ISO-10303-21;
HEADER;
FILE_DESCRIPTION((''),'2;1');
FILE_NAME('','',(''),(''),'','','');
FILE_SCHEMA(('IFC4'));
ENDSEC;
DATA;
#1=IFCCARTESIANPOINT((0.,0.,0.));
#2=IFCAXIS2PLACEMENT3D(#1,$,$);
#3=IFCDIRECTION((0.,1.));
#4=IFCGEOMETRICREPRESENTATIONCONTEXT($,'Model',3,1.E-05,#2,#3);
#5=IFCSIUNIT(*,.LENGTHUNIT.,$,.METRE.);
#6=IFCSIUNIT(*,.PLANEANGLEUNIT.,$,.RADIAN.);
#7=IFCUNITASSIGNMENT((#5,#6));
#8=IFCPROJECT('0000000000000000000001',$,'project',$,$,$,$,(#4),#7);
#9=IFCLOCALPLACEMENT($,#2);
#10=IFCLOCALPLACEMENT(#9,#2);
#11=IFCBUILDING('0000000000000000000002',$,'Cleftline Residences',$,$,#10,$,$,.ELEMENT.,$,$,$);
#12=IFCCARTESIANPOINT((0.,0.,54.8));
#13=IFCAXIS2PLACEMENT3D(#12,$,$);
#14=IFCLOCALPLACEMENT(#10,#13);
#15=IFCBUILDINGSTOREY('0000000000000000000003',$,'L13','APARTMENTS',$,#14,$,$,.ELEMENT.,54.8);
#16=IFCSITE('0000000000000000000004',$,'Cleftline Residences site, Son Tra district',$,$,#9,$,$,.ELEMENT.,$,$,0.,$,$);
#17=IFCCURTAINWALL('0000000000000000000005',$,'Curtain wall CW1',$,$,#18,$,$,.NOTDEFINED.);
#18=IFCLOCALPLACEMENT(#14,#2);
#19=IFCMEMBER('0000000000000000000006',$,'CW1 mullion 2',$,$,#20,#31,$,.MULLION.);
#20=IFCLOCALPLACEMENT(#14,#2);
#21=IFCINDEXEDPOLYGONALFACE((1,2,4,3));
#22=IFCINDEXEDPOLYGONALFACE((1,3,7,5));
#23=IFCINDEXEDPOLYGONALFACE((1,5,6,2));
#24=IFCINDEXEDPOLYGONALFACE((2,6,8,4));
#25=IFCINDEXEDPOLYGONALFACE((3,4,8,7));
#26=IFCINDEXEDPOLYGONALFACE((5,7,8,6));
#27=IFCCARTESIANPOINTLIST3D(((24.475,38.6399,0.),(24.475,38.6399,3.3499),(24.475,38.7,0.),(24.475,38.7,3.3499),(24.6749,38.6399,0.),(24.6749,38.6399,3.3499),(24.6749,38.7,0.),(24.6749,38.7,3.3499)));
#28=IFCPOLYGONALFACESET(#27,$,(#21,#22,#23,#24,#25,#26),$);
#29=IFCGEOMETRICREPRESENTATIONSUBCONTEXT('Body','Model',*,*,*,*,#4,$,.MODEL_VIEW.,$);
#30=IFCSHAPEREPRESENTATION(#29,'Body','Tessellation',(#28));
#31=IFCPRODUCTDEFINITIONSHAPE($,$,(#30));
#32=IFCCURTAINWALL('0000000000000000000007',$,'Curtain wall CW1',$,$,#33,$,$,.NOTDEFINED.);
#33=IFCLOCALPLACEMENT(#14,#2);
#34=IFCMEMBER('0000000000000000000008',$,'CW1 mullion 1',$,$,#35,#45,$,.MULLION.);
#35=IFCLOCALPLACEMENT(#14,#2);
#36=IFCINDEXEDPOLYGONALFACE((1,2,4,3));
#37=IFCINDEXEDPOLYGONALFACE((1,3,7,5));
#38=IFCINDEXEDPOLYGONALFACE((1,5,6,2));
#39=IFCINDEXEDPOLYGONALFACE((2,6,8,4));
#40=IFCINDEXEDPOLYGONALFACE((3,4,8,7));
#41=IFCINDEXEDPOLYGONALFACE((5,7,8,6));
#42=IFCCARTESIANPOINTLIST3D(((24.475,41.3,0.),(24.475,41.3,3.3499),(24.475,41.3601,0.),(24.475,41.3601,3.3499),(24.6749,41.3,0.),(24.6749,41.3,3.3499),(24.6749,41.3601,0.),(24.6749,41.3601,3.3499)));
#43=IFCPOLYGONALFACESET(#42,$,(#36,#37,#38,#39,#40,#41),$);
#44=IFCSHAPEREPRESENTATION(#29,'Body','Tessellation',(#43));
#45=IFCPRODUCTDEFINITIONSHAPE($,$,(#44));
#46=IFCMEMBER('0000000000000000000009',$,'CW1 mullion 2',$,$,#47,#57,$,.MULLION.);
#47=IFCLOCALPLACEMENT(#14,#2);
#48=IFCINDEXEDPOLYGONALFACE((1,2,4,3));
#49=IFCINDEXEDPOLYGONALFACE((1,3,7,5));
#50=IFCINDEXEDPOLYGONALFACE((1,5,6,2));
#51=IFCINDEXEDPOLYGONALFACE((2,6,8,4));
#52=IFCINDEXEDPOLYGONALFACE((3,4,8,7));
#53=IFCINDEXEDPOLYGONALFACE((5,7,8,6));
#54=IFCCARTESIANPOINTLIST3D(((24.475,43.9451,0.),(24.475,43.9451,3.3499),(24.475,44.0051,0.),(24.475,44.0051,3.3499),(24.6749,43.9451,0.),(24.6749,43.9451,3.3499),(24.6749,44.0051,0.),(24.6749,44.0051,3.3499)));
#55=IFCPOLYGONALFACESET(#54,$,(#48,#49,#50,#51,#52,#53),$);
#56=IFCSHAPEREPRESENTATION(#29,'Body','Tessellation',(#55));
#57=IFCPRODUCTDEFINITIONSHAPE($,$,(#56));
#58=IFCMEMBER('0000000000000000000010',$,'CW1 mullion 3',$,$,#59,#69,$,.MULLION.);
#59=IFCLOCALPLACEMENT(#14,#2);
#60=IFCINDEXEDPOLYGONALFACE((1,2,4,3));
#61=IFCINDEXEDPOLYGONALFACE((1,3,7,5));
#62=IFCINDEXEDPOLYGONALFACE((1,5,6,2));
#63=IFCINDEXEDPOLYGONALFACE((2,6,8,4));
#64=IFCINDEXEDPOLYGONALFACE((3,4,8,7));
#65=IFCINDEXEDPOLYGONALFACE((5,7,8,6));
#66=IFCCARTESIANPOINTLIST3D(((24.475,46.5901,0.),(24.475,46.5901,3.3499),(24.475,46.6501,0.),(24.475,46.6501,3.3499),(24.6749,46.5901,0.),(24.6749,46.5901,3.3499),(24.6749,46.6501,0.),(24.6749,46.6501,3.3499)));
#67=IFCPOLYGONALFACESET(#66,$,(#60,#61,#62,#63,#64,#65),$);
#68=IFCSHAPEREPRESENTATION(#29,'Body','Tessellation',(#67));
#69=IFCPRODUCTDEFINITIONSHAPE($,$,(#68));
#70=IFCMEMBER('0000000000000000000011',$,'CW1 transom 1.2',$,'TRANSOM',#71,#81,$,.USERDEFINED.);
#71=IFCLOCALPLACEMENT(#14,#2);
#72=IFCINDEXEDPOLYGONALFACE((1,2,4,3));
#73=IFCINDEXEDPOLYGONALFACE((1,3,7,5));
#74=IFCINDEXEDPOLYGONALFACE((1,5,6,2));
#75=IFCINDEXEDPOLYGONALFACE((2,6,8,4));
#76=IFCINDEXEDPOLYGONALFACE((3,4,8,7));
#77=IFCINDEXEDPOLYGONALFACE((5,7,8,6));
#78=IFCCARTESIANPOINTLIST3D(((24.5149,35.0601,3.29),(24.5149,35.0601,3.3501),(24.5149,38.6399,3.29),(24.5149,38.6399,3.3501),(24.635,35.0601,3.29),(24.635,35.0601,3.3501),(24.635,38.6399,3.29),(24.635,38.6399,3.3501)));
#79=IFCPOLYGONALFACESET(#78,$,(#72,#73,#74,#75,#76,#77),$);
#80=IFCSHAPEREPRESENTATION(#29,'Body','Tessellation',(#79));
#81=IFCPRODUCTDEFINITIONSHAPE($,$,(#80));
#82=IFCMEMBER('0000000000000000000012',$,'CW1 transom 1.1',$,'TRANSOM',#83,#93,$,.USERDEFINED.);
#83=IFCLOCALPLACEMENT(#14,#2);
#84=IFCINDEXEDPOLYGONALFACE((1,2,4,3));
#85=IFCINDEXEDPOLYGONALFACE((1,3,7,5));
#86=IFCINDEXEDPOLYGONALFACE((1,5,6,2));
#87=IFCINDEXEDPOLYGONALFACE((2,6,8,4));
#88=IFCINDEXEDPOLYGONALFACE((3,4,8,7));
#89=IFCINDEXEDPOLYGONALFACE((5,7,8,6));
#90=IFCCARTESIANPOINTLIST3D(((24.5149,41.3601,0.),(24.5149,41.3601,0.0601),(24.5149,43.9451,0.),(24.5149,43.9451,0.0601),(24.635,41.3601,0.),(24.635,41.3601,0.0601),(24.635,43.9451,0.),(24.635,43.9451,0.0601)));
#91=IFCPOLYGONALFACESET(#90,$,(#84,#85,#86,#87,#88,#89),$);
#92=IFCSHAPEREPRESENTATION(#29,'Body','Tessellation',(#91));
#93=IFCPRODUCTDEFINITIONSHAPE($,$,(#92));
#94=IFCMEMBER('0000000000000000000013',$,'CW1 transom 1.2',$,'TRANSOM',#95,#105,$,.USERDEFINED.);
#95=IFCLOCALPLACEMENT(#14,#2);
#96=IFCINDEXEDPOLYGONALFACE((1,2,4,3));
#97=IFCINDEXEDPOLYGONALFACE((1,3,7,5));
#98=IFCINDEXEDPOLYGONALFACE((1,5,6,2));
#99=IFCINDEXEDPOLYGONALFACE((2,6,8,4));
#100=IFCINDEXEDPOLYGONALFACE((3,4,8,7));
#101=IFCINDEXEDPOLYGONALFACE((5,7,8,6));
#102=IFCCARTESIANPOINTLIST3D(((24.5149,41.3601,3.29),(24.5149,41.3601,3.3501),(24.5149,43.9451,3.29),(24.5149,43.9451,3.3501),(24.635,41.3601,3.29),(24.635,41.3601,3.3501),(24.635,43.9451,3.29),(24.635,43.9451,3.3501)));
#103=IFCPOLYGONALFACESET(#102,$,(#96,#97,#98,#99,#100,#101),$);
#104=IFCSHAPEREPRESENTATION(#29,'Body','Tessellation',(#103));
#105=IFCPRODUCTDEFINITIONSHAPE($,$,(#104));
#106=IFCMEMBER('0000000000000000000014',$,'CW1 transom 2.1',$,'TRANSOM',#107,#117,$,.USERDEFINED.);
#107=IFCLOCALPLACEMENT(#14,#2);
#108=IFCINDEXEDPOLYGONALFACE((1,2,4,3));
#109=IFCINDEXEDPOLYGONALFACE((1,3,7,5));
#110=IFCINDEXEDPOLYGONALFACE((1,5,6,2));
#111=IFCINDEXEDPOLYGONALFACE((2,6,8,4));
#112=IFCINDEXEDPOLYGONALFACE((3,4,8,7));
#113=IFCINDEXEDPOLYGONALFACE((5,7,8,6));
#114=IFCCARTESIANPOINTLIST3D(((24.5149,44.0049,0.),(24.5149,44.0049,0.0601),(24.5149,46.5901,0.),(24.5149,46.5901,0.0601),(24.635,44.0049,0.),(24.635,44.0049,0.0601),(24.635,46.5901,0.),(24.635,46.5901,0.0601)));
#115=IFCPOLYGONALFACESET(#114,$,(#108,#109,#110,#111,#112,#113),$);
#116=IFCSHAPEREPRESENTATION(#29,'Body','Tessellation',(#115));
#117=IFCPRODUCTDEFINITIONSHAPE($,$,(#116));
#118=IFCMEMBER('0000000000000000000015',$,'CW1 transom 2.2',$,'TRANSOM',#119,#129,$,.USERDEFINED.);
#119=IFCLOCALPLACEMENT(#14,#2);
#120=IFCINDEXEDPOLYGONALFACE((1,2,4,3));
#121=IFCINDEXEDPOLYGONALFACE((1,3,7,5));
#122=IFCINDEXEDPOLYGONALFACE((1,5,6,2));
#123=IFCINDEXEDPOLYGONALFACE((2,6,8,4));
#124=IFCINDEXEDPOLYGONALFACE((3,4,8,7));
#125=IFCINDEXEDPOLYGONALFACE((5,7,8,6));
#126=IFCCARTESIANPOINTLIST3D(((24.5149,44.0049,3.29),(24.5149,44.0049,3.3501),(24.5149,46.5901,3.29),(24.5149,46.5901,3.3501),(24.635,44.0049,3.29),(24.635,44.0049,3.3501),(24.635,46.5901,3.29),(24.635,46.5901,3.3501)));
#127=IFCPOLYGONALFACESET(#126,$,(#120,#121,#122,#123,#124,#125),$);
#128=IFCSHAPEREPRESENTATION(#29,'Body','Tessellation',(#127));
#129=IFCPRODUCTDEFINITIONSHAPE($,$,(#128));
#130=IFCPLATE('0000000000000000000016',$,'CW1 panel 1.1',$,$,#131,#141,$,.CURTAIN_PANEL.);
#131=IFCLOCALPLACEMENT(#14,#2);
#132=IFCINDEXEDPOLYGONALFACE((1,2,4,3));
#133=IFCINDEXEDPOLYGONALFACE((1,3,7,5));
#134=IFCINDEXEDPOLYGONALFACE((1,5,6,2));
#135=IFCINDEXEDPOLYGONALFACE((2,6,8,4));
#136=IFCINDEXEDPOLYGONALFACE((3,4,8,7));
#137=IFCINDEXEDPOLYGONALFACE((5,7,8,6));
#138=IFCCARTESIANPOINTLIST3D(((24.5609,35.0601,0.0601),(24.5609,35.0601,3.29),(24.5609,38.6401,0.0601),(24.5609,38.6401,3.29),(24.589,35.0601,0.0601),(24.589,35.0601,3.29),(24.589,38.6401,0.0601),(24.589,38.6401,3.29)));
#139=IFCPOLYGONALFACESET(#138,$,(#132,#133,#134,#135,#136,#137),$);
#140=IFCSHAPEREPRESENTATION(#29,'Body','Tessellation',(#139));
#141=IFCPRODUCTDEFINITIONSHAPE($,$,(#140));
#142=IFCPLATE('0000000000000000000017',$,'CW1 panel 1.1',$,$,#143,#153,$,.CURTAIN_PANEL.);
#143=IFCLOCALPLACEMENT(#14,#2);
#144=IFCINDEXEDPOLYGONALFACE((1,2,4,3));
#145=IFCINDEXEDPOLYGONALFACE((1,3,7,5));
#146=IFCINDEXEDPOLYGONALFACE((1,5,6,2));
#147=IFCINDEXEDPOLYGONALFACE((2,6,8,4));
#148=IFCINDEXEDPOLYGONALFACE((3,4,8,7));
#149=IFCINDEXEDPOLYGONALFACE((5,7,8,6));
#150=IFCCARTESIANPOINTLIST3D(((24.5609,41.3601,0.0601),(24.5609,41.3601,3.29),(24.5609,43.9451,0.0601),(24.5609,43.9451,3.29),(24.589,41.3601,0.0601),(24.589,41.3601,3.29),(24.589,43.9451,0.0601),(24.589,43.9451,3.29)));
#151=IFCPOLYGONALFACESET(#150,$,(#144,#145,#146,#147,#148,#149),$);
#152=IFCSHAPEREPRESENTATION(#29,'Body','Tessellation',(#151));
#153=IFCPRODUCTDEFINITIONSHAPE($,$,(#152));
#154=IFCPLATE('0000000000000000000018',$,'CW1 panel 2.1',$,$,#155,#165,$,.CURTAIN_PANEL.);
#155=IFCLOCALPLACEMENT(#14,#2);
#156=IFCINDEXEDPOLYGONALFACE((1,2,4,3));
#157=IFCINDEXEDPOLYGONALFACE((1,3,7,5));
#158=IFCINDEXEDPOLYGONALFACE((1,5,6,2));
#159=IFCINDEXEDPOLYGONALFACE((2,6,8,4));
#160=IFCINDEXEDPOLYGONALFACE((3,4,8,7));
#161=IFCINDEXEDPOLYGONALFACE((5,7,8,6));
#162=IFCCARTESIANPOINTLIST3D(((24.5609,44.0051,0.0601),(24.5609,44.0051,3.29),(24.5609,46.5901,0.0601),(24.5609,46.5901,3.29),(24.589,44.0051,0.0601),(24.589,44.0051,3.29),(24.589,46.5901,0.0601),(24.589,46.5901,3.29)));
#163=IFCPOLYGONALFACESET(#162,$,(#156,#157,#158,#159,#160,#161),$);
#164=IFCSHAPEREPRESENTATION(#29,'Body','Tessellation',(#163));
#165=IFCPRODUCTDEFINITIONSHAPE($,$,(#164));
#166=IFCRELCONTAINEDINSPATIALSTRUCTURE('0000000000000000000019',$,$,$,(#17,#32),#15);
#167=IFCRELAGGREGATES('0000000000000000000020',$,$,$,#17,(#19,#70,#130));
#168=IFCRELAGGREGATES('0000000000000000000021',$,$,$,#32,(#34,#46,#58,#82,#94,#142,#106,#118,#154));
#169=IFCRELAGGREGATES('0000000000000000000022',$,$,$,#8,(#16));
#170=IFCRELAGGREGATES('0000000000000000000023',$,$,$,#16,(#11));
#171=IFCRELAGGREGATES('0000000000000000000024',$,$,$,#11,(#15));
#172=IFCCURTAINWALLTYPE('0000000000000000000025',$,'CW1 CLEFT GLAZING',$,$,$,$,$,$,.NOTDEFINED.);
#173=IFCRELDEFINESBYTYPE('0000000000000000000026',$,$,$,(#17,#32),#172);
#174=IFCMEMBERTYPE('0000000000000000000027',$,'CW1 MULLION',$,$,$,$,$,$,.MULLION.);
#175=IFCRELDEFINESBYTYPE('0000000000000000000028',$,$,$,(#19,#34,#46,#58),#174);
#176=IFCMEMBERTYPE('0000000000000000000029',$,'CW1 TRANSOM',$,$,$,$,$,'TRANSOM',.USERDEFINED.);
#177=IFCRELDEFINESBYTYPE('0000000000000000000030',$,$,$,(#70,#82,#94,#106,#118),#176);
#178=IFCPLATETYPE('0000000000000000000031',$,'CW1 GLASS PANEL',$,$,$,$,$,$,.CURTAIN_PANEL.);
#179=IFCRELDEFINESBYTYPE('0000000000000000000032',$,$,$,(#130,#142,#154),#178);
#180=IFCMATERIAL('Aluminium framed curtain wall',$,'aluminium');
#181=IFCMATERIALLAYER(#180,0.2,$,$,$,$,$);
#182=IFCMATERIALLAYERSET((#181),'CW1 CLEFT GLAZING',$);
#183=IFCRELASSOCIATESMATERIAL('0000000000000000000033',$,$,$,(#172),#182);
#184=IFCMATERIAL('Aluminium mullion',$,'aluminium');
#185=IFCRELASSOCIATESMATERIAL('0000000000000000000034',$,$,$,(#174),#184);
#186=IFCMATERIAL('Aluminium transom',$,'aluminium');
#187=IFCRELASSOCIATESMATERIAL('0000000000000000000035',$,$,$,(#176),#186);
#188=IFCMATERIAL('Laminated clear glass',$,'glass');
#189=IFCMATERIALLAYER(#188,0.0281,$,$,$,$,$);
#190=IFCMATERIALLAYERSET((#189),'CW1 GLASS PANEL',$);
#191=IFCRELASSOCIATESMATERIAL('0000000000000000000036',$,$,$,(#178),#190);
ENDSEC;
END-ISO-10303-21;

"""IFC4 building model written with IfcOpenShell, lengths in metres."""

from ifc_helpers import new_model, si_unit, direction, frame, origin, origin_2d, place, context, subcontext, project, spatial, rectangle, extrude, material, layer, layer_set, material_profile, profile_set, type_object, element, aggregate, save


model = new_model("IFC4")

# Units and contexts
model_context = context("Model", 3, precision=1e-05, world=origin(), true_north=direction((0.0, 1.0)))
body_context = subcontext(model_context, "Body", "Model", "MODEL_VIEW")
ifc_project = project(units=[si_unit("LENGTHUNIT", "METRE"), si_unit("PLANEANGLEUNIT", "RADIAN")], contexts=[model_context])

# Site, building, storey
site_placement = place(None, origin())
site = spatial("IfcSite", under=ifc_project, at=site_placement, Name="Cleftline Residences site, Son Tra district", CompositionType="ELEMENT", RefElevation=0.0)
building_placement = place(site_placement, origin())
building = spatial("IfcBuilding", under=site, at=building_placement, Name="Cleftline Residences", CompositionType="ELEMENT")
storey_placement = place(building_placement, frame((0.0, 0.0, 54.8)))
storey = spatial("IfcBuildingStorey", under=building, at=storey_placement, Name="L13", Description="APARTMENTS", CompositionType="ELEMENT", Elevation=54.8)

# Curtain wall, member
ifc_material_1 = material(Name="Aluminium framed curtain wall", Category="aluminium")
ifc_layer_1 = layer(ifc_material_1, 0.2)
ifc_layer_set_1 = layer_set([ifc_layer_1], Name="CW1 CLEFT GLAZING")
curtain_wall_type = type_object("IfcCurtainWallType", Name="CW1 CLEFT GLAZING", PredefinedType="NOTDEFINED", material=ifc_layer_set_1)
curtain_wall_1_placement = place(storey_placement, origin())
curtain_wall_1 = element("IfcCurtainWall", 1, at=curtain_wall_1_placement, inside=storey, type_object=curtain_wall_type, Name="Curtain wall CW1", PredefinedType="NOTDEFINED")
ifc_material_2 = material(Name="Aluminium mullion", Category="aluminium")
ifc_material_profile_1 = material_profile(ifc_material_2, rectangle(XDim=0.2, YDim=0.0601, at=origin_2d()))
ifc_profile_set_1 = profile_set([ifc_material_profile_1], Name="Aluminium mullion")
member_type_1 = type_object("IfcMemberType", Name="CW1 MULLION", PredefinedType="MULLION", material=ifc_profile_set_1)
member_1_placement = place(storey_placement, frame((24.575, 38.6699, 0.0), z_axis=(0.0, 0.0, 1.0), x_axis=(-1.0, 0.0, 0.0)))
member_1 = element("IfcMember", 2, at=member_1_placement, type_object=member_type_1, Name="CW1 mullion 2", PredefinedType="MULLION", context=body_context, shape_type="SweptSolid", body=[
    extrude(rectangle(XDim=0.2, YDim=0.0601, at=origin_2d()), origin(), (0.0, 0.0, 1.0), 3.3499),
])

# Curtain wall, members
curtain_wall_2_placement = place(storey_placement, origin())
curtain_wall_2 = element("IfcCurtainWall", 3, at=curtain_wall_2_placement, inside=storey, type_object=curtain_wall_type, Name="Curtain wall CW1", PredefinedType="NOTDEFINED")
member_2_placement = place(storey_placement, frame((24.575, 41.3301, 0.0), z_axis=(0.0, 0.0, 1.0), x_axis=(-1.0, 0.0, 0.0)))
member_2 = element("IfcMember", 4, at=member_2_placement, type_object=member_type_1, Name="CW1 mullion 1", PredefinedType="MULLION", context=body_context, shape_type="SweptSolid", body=[
    extrude(rectangle(XDim=0.2, YDim=0.0601, at=origin_2d()), origin(), (0.0, 0.0, 1.0), 3.3499),
])
member_3_placement = place(storey_placement, frame((24.575, 43.9751, 0.0), z_axis=(0.0, 0.0, 1.0), x_axis=(-1.0, 0.0, 0.0)))
member_3 = element("IfcMember", 5, at=member_3_placement, type_object=member_type_1, Name="CW1 mullion 2", PredefinedType="MULLION", context=body_context, shape_type="SweptSolid", body=[
    extrude(rectangle(XDim=0.2, YDim=0.0601, at=origin_2d()), origin(), (0.0, 0.0, 1.0), 3.3499),
])
member_4_placement = place(storey_placement, frame((24.575, 46.6201, 0.0), z_axis=(0.0, 0.0, 1.0), x_axis=(-1.0, 0.0, 0.0)))
member_4 = element("IfcMember", 6, at=member_4_placement, type_object=member_type_1, Name="CW1 mullion 3", PredefinedType="MULLION", context=body_context, shape_type="SweptSolid", body=[
    extrude(rectangle(XDim=0.2, YDim=0.0601, at=origin_2d()), origin(), (0.0, 0.0, 1.0), 3.3499),
])

# Members
ifc_material_3 = material(Name="Aluminium transom", Category="aluminium")
ifc_material_profile_2 = material_profile(ifc_material_3, rectangle(XDim=0.1201, YDim=0.0601, at=origin_2d()))
ifc_profile_set_2 = profile_set([ifc_material_profile_2], Name="Aluminium transom")
member_type_2 = type_object("IfcMemberType", Name="CW1 TRANSOM", ElementType="TRANSOM", PredefinedType="USERDEFINED", material=ifc_profile_set_2)
member_5_placement = place(storey_placement, frame((24.575, 35.0601, 3.3201), z_axis=(0.0, 1.0, 0.0), x_axis=(-1.0, 0.0, 0.0)))
member_5 = element("IfcMember", 7, at=member_5_placement, type_object=member_type_2, Name="CW1 transom 1.2", ObjectType="TRANSOM", PredefinedType="USERDEFINED", context=body_context, shape_type="SweptSolid", body=[
    extrude(rectangle(XDim=0.1201, YDim=0.0601, at=origin_2d()), origin(), (0.0, 0.0, 1.0), 3.5798),
])
member_6_placement = place(storey_placement, frame((24.575, 41.3601, 0.03), z_axis=(0.0, 1.0, 0.0), x_axis=(-1.0, 0.0, 0.0)))
member_6 = element("IfcMember", 8, at=member_6_placement, type_object=member_type_2, Name="CW1 transom 1.1", ObjectType="TRANSOM", PredefinedType="USERDEFINED", context=body_context, shape_type="SweptSolid", body=[
    extrude(rectangle(XDim=0.1201, YDim=0.0601, at=origin_2d()), origin(), (0.0, 0.0, 1.0), 2.585),
])
member_7_placement = place(storey_placement, frame((24.575, 41.3601, 3.3201), z_axis=(0.0, 1.0, 0.0), x_axis=(-1.0, 0.0, 0.0)))
member_7 = element("IfcMember", 9, at=member_7_placement, type_object=member_type_2, Name="CW1 transom 1.2", ObjectType="TRANSOM", PredefinedType="USERDEFINED", context=body_context, shape_type="SweptSolid", body=[
    extrude(rectangle(XDim=0.1201, YDim=0.0601, at=origin_2d()), origin(), (0.0, 0.0, 1.0), 2.585),
])
member_8_placement = place(storey_placement, frame((24.575, 44.0049, 0.03), z_axis=(0.0, 1.0, 0.0), x_axis=(-1.0, 0.0, 0.0)))
member_8 = element("IfcMember", 10, at=member_8_placement, type_object=member_type_2, Name="CW1 transom 2.1", ObjectType="TRANSOM", PredefinedType="USERDEFINED", context=body_context, shape_type="SweptSolid", body=[
    extrude(rectangle(XDim=0.1201, YDim=0.0601, at=origin_2d()), origin(), (0.0, 0.0, 1.0), 2.5852),
])
member_9_placement = place(storey_placement, frame((24.575, 44.0049, 3.3201), z_axis=(0.0, 1.0, 0.0), x_axis=(-1.0, 0.0, 0.0)))
member_9 = element("IfcMember", 11, at=member_9_placement, type_object=member_type_2, Name="CW1 transom 2.2", ObjectType="TRANSOM", PredefinedType="USERDEFINED", context=body_context, shape_type="SweptSolid", body=[
    extrude(rectangle(XDim=0.1201, YDim=0.0601, at=origin_2d()), origin(), (0.0, 0.0, 1.0), 2.5852),
])

# Plates
ifc_material_4 = material(Name="Laminated clear glass", Category="glass")
ifc_layer_2 = layer(ifc_material_4, 0.0281)
ifc_layer_set_2 = layer_set([ifc_layer_2], Name="CW1 GLASS PANEL")
plate_type = type_object("IfcPlateType", Name="CW1 GLASS PANEL", PredefinedType="CURTAIN_PANEL", material=ifc_layer_set_2)
plate_1_placement = place(storey_placement, frame((24.575, 36.8501, 0.0601), z_axis=(0.0, 0.0, 1.0), x_axis=(0.0, 1.0, 0.0)))
plate_1 = element("IfcPlate", 12, at=plate_1_placement, type_object=plate_type, Name="CW1 panel 1.1", PredefinedType="CURTAIN_PANEL", context=body_context, shape_type="SweptSolid", body=[
    extrude(rectangle(XDim=3.5801, YDim=0.0281, at=origin_2d()), origin(), (0.0, 0.0, 1.0), 3.23),
])
aggregate(curtain_wall_1, [member_1, member_5, plate_1])
plate_2_placement = place(storey_placement, frame((24.575, 42.6526, 0.0601), z_axis=(0.0, 0.0, 1.0), x_axis=(0.0, 1.0, 0.0)))
plate_2 = element("IfcPlate", 13, at=plate_2_placement, type_object=plate_type, Name="CW1 panel 1.1", PredefinedType="CURTAIN_PANEL", context=body_context, shape_type="SweptSolid", body=[
    extrude(rectangle(XDim=2.585, YDim=0.0281, at=origin_2d()), origin(), (0.0, 0.0, 1.0), 3.23),
])
plate_3_placement = place(storey_placement, frame((24.575, 45.2976, 0.0601), z_axis=(0.0, 0.0, 1.0), x_axis=(0.0, 1.0, 0.0)))
plate_3 = element("IfcPlate", 14, at=plate_3_placement, type_object=plate_type, Name="CW1 panel 2.1", PredefinedType="CURTAIN_PANEL", context=body_context, shape_type="SweptSolid", body=[
    extrude(rectangle(XDim=2.585, YDim=0.0281, at=origin_2d()), origin(), (0.0, 0.0, 1.0), 3.23),
])
aggregate(curtain_wall_2, [member_2, member_3, member_4, member_6, member_7, plate_2, member_8, member_9, plate_3])

save(model, "model.ifc")
